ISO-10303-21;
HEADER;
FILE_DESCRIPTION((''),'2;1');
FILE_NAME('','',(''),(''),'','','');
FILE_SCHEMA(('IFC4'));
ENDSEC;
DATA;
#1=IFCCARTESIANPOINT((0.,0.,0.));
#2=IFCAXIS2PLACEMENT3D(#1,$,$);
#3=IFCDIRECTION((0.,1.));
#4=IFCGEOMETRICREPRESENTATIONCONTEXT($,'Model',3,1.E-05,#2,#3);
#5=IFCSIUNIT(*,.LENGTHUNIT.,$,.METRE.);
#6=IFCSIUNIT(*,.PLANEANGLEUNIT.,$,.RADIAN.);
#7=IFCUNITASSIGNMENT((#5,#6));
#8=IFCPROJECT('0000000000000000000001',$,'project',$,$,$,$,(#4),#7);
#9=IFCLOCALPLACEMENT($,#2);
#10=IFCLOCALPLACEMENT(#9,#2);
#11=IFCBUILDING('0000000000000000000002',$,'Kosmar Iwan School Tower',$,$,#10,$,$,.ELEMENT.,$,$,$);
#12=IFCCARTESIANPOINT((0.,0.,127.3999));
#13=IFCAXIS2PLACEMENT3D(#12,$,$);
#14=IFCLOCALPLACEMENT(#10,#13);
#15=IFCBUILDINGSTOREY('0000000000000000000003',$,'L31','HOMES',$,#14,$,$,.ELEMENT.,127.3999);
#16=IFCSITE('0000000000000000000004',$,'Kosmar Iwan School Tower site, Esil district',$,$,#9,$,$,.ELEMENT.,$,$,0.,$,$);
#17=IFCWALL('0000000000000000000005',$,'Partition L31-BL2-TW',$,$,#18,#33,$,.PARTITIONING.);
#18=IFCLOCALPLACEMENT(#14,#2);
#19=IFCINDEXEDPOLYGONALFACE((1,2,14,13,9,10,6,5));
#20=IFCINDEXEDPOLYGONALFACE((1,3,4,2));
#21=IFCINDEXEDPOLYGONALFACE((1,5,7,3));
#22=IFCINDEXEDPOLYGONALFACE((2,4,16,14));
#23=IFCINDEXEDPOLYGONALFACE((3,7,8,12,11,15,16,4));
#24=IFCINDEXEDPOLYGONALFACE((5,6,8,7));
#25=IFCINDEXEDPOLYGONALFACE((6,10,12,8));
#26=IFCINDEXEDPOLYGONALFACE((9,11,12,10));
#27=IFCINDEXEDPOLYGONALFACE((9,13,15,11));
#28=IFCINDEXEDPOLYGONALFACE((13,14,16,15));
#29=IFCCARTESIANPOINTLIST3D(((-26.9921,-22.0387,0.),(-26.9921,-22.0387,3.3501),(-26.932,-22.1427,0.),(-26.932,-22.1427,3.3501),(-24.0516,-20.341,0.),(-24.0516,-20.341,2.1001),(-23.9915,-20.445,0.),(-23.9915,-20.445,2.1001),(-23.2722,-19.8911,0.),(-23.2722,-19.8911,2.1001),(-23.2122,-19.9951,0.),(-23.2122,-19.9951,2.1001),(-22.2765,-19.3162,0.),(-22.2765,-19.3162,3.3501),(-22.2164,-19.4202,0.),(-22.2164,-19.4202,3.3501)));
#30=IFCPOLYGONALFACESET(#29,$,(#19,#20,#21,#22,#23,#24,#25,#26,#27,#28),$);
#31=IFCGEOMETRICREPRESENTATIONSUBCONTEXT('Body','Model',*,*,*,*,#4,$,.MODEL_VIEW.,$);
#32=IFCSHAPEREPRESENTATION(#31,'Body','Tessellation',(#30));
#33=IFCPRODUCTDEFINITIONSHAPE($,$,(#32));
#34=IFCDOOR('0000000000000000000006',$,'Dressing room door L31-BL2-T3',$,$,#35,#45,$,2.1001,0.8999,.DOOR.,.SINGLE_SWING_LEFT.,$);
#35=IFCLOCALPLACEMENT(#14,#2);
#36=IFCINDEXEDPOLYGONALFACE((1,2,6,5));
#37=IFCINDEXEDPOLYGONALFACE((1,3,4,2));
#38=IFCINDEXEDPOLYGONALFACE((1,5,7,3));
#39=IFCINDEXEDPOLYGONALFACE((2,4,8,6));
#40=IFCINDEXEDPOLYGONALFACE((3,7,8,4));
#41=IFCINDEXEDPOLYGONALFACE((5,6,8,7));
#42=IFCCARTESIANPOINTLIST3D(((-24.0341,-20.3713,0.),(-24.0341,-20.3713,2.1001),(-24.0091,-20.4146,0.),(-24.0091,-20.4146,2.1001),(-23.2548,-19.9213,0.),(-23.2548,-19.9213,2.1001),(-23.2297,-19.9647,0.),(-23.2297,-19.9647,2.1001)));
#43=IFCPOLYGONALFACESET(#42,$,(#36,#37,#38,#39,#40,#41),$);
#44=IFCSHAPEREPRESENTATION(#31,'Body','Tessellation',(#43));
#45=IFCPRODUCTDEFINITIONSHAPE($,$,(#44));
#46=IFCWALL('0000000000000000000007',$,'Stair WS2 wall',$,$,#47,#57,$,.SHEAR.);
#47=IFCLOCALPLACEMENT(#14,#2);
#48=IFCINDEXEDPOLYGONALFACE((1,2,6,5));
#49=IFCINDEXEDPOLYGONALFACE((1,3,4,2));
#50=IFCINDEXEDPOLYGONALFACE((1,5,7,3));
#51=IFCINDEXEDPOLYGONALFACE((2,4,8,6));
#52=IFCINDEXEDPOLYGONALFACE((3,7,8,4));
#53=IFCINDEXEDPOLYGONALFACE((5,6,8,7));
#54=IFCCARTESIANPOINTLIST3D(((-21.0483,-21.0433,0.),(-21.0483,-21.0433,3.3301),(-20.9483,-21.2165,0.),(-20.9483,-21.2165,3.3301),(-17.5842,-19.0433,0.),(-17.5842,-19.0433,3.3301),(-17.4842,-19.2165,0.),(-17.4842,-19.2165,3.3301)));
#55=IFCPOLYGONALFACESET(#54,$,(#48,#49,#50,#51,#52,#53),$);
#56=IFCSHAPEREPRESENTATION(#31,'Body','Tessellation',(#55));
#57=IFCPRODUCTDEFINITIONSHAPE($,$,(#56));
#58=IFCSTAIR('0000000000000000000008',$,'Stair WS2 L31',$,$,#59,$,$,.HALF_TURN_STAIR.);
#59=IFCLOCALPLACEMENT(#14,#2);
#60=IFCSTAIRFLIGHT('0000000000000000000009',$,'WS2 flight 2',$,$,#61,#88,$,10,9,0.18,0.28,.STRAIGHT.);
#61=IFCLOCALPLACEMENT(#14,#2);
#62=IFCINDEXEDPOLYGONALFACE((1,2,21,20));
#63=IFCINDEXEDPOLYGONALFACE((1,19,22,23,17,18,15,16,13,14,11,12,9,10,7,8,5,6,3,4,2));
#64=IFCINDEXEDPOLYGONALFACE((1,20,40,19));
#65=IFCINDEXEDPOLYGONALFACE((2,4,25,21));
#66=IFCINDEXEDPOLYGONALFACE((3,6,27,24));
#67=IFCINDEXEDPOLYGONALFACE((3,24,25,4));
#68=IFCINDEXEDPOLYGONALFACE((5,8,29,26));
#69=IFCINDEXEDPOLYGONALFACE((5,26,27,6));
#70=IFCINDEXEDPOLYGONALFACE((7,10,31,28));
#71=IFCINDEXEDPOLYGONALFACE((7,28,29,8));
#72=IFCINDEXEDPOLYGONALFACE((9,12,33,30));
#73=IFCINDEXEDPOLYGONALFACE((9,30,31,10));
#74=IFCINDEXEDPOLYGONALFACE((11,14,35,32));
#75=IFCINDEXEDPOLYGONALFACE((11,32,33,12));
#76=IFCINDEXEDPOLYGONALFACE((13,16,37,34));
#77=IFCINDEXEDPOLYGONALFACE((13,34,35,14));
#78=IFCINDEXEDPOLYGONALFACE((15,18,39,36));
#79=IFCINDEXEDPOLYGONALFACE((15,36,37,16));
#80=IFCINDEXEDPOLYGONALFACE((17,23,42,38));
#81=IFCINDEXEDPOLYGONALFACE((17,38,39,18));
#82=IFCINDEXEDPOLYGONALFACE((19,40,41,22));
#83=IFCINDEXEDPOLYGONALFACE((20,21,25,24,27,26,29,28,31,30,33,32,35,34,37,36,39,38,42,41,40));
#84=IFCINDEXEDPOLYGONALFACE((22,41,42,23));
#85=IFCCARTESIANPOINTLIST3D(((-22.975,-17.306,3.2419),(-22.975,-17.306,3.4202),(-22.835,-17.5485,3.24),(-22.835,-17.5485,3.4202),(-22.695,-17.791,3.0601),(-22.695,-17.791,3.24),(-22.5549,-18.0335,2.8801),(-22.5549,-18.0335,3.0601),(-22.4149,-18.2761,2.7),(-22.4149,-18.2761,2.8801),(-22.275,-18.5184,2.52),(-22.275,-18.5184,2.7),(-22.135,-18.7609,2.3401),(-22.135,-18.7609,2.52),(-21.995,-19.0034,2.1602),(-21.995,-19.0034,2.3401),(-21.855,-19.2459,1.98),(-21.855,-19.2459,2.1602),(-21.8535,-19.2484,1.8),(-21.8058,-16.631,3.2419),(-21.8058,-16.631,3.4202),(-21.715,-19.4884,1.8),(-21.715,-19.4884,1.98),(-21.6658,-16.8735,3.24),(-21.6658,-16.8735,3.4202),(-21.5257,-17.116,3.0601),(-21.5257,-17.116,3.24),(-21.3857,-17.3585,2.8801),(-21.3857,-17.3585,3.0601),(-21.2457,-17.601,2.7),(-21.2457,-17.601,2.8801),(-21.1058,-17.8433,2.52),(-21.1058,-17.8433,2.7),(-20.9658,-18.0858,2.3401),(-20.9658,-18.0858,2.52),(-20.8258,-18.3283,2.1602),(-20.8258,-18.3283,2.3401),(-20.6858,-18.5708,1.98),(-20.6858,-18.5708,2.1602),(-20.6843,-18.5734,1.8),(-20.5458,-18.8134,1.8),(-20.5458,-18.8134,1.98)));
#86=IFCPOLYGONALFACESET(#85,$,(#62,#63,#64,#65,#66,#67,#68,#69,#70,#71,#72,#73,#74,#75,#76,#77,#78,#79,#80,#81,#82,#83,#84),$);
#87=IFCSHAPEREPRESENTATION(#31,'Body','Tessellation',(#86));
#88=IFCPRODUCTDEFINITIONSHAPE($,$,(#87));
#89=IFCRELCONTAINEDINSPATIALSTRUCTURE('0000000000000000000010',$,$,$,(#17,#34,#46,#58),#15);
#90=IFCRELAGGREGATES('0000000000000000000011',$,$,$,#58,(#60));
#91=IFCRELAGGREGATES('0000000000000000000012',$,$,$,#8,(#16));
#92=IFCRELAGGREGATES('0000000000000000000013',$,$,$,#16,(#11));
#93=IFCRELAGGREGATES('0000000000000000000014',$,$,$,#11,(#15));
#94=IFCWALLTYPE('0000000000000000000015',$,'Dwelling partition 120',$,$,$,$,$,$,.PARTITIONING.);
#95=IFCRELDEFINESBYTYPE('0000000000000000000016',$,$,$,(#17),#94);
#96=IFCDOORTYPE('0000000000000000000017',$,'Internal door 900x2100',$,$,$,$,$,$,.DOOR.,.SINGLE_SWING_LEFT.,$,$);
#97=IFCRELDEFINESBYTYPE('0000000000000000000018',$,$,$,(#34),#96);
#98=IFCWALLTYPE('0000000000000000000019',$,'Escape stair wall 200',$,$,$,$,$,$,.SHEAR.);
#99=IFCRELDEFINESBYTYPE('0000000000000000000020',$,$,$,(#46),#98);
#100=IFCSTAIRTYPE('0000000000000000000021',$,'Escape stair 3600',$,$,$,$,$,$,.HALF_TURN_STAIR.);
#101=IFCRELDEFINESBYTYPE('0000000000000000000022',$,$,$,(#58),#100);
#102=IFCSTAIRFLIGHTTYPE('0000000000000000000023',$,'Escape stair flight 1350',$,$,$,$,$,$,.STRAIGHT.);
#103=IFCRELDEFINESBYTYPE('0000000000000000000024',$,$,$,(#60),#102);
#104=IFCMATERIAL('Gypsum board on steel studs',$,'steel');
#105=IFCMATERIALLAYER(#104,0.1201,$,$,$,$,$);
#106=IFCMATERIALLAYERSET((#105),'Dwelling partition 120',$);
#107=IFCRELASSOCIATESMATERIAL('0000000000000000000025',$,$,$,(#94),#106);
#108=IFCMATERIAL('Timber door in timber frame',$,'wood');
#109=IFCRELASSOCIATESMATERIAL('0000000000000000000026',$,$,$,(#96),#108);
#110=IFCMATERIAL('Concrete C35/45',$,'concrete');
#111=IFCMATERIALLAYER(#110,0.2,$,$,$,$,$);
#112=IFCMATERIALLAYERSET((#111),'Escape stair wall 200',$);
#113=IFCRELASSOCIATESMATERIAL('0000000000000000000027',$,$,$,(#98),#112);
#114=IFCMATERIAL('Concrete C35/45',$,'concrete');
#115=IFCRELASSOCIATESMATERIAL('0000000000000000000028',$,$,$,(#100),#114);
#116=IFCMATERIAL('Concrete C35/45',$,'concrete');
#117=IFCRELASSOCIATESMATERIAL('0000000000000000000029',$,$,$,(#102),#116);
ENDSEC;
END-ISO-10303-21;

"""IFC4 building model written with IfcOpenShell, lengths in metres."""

from ifc_helpers import new_model, si_unit, direction, frame, frame_2d, origin, place, context, subcontext, project, spatial, polyline, rectangle, outline, extrude, material, layer, layer_set, type_object, element, fill, aggregate, save


model = new_model("IFC4")

# Units and contexts
model_context = context("Model", 3, precision=1e-05, world=origin(), true_north=direction((0.0, 1.0)))
body_context = subcontext(model_context, "Body", "Model", "MODEL_VIEW")
ifc_project = project(units=[si_unit("LENGTHUNIT", "METRE"), si_unit("PLANEANGLEUNIT", "RADIAN")], contexts=[model_context])

# Site, building, storey
site_placement = place(None, origin())
site = spatial("IfcSite", under=ifc_project, at=site_placement, Name="Kosmar Iwan School Tower site, Esil district", CompositionType="ELEMENT", RefElevation=0.0)
building_placement = place(site_placement, origin())
building = spatial("IfcBuilding", under=site, at=building_placement, Name="Kosmar Iwan School Tower", CompositionType="ELEMENT")
storey_placement = place(building_placement, frame((0.0, 0.0, 127.3999)))
storey = spatial("IfcBuildingStorey", under=building, at=storey_placement, Name="L31", Description="HOMES", CompositionType="ELEMENT", Elevation=127.3999)

# Wall, opening, door
ifc_material_1 = material(Name="Gypsum board on steel studs", Category="steel")
ifc_layer_1 = layer(ifc_material_1, 0.1201)
ifc_layer_set_1 = layer_set([ifc_layer_1], Name="Dwelling partition 120")
wall_type_1 = type_object("IfcWallType", Name="Dwelling partition 120", PredefinedType="PARTITIONING", material=ifc_layer_set_1)
ifc_material_2 = material(Name="Timber door in timber frame", Category="wood")
door_type = type_object("IfcDoorType", Name="Internal door 900x2100", OperationType="SINGLE_SWING_LEFT", PredefinedType="DOOR", material=ifc_material_2)
wall_1_placement = place(storey_placement, frame((-22.2463, -19.3682, 0.0), z_axis=(0.0, 0.0, 1.0), x_axis=(-0.866036, -0.499982, 0.0)))
wall_1 = element("IfcWall", 1, at=wall_1_placement, inside=storey, type_object=wall_type_1, Name="Partition L31-BL2-TW", PredefinedType="PARTITIONING", context=body_context, shape_type="SweptSolid", body=[
    extrude(rectangle(XDim=5.4451, YDim=0.1201, at=frame_2d((2.7227, 0.0))), origin(), (0.0, 0.0, 1.0), 3.3501),
])
opening_1_placement = place(wall_1_placement, frame((1.1499, 0.0, 0.0)))
opening_1 = element("IfcOpeningElement", 2, at=opening_1_placement, cuts=wall_1, PredefinedType="OPENING", context=body_context, shape_type="SweptSolid", body=[
    extrude(rectangle(XDim=0.8999, YDim=2.1001, at=frame_2d((0.45, 1.05))), frame((0.0, 0.072, 0.0), z_axis=(0.0, -1.0, 0.0), x_axis=(1.0, 0.0, 0.0)), (0.0, 0.0, 1.0), 0.144),
])
door_1_placement = place(opening_1_placement, origin())
door_1 = element("IfcDoor", 3, at=door_1_placement, inside=storey, type_object=door_type, Name="Dressing room door L31-BL2-T3", OperationType="SINGLE_SWING_LEFT", OverallHeight=2.1001, OverallWidth=0.8999, PredefinedType="DOOR", context=body_context, shape_type="SweptSolid", body=[
    extrude(rectangle(XDim=0.8999, YDim=2.1001, at=frame_2d((0.45, 1.05))), frame((0.0, 0.0249, 0.0), z_axis=(0.0, -1.0, 0.0), x_axis=(1.0, 0.0, 0.0)), (0.0, 0.0, 1.0), 0.05),
])
fill(opening_1, door_1)

# Wall
ifc_material_3 = material(Name="Concrete C35/45", Category="concrete")
ifc_layer_2 = layer(ifc_material_3, 0.2)
ifc_layer_set_2 = layer_set([ifc_layer_2], Name="Escape stair wall 200")
wall_type_2 = type_object("IfcWallType", Name="Escape stair wall 200", PredefinedType="SHEAR", material=ifc_layer_set_2)
wall_2_placement = place(storey_placement, frame((-17.5342, -19.1299, 0.0), z_axis=(0.0, 0.0, 1.0), x_axis=(-0.866026, -0.499999, 0.0)))
element("IfcWall", 4, at=wall_2_placement, inside=storey, type_object=wall_type_2, Name="Stair WS2 wall", PredefinedType="SHEAR", context=body_context, shape_type="SweptSolid", body=[
    extrude(rectangle(XDim=4.0, YDim=0.2, at=frame_2d((2.0, 0.0))), origin(), (0.0, 0.0, 1.0), 3.3301),
])

# Stair, stair flight
ifc_material_4 = material(Name="Concrete C35/45", Category="concrete")
stair_type = type_object("IfcStairType", Name="Escape stair 3600", PredefinedType="HALF_TURN_STAIR", material=ifc_material_4)
stair_placement = place(storey_placement, origin())
stair = element("IfcStair", 5, at=stair_placement, inside=storey, type_object=stair_type, Name="Stair WS2 L31", PredefinedType="HALF_TURN_STAIR")
ifc_material_5 = material(Name="Concrete C35/45", Category="concrete")
stair_flight_type = type_object("IfcStairFlightType", Name="Escape stair flight 1350", PredefinedType="STRAIGHT", material=ifc_material_5)
stair_flight_placement = place(storey_placement, frame((-21.1304, -19.1509, 1.8), z_axis=(0.0, 0.0, 1.0), x_axis=(-0.5, 0.866025, 0.0)))
stair_flight = element("IfcStairFlight", 6, at=stair_flight_placement, type_object=stair_flight_type, Name="WS2 flight 2", NumberOfRisers=10, NumberOfTreads=9, PredefinedType="STRAIGHT", RiserHeight=0.18, TreadLength=0.28, context=body_context, shape_type="SweptSolid", body=[
    extrude(outline(polyline([(0.0, 0.0), (0.0, 0.1799), (0.28, 0.1799), (0.28, 0.3601), (0.5601, 0.3601), (0.5601, 0.54), (0.8401, 0.54), (0.8401, 0.72), (1.1201, 0.72), (1.1201, 0.8999), (1.3999, 0.8999), (1.3999, 1.0801), (1.6799, 1.0801), (1.6799, 1.26), (1.96, 1.26), (1.96, 1.4399), (2.24, 1.4399), (2.24, 1.6201), (2.52, 1.6201), (2.52, 1.8), (2.52, 1.4419), (0.2771, 0.0), (0.0, 0.0)])), frame((0.0, 0.675, 0.0), z_axis=(0.0, -1.0, 0.0), x_axis=(1.0, 0.0, 0.0)), (0.0, 0.0, 1.0), 1.3501),
])
aggregate(stair, [stair_flight])

save(model, "model.ifc")
